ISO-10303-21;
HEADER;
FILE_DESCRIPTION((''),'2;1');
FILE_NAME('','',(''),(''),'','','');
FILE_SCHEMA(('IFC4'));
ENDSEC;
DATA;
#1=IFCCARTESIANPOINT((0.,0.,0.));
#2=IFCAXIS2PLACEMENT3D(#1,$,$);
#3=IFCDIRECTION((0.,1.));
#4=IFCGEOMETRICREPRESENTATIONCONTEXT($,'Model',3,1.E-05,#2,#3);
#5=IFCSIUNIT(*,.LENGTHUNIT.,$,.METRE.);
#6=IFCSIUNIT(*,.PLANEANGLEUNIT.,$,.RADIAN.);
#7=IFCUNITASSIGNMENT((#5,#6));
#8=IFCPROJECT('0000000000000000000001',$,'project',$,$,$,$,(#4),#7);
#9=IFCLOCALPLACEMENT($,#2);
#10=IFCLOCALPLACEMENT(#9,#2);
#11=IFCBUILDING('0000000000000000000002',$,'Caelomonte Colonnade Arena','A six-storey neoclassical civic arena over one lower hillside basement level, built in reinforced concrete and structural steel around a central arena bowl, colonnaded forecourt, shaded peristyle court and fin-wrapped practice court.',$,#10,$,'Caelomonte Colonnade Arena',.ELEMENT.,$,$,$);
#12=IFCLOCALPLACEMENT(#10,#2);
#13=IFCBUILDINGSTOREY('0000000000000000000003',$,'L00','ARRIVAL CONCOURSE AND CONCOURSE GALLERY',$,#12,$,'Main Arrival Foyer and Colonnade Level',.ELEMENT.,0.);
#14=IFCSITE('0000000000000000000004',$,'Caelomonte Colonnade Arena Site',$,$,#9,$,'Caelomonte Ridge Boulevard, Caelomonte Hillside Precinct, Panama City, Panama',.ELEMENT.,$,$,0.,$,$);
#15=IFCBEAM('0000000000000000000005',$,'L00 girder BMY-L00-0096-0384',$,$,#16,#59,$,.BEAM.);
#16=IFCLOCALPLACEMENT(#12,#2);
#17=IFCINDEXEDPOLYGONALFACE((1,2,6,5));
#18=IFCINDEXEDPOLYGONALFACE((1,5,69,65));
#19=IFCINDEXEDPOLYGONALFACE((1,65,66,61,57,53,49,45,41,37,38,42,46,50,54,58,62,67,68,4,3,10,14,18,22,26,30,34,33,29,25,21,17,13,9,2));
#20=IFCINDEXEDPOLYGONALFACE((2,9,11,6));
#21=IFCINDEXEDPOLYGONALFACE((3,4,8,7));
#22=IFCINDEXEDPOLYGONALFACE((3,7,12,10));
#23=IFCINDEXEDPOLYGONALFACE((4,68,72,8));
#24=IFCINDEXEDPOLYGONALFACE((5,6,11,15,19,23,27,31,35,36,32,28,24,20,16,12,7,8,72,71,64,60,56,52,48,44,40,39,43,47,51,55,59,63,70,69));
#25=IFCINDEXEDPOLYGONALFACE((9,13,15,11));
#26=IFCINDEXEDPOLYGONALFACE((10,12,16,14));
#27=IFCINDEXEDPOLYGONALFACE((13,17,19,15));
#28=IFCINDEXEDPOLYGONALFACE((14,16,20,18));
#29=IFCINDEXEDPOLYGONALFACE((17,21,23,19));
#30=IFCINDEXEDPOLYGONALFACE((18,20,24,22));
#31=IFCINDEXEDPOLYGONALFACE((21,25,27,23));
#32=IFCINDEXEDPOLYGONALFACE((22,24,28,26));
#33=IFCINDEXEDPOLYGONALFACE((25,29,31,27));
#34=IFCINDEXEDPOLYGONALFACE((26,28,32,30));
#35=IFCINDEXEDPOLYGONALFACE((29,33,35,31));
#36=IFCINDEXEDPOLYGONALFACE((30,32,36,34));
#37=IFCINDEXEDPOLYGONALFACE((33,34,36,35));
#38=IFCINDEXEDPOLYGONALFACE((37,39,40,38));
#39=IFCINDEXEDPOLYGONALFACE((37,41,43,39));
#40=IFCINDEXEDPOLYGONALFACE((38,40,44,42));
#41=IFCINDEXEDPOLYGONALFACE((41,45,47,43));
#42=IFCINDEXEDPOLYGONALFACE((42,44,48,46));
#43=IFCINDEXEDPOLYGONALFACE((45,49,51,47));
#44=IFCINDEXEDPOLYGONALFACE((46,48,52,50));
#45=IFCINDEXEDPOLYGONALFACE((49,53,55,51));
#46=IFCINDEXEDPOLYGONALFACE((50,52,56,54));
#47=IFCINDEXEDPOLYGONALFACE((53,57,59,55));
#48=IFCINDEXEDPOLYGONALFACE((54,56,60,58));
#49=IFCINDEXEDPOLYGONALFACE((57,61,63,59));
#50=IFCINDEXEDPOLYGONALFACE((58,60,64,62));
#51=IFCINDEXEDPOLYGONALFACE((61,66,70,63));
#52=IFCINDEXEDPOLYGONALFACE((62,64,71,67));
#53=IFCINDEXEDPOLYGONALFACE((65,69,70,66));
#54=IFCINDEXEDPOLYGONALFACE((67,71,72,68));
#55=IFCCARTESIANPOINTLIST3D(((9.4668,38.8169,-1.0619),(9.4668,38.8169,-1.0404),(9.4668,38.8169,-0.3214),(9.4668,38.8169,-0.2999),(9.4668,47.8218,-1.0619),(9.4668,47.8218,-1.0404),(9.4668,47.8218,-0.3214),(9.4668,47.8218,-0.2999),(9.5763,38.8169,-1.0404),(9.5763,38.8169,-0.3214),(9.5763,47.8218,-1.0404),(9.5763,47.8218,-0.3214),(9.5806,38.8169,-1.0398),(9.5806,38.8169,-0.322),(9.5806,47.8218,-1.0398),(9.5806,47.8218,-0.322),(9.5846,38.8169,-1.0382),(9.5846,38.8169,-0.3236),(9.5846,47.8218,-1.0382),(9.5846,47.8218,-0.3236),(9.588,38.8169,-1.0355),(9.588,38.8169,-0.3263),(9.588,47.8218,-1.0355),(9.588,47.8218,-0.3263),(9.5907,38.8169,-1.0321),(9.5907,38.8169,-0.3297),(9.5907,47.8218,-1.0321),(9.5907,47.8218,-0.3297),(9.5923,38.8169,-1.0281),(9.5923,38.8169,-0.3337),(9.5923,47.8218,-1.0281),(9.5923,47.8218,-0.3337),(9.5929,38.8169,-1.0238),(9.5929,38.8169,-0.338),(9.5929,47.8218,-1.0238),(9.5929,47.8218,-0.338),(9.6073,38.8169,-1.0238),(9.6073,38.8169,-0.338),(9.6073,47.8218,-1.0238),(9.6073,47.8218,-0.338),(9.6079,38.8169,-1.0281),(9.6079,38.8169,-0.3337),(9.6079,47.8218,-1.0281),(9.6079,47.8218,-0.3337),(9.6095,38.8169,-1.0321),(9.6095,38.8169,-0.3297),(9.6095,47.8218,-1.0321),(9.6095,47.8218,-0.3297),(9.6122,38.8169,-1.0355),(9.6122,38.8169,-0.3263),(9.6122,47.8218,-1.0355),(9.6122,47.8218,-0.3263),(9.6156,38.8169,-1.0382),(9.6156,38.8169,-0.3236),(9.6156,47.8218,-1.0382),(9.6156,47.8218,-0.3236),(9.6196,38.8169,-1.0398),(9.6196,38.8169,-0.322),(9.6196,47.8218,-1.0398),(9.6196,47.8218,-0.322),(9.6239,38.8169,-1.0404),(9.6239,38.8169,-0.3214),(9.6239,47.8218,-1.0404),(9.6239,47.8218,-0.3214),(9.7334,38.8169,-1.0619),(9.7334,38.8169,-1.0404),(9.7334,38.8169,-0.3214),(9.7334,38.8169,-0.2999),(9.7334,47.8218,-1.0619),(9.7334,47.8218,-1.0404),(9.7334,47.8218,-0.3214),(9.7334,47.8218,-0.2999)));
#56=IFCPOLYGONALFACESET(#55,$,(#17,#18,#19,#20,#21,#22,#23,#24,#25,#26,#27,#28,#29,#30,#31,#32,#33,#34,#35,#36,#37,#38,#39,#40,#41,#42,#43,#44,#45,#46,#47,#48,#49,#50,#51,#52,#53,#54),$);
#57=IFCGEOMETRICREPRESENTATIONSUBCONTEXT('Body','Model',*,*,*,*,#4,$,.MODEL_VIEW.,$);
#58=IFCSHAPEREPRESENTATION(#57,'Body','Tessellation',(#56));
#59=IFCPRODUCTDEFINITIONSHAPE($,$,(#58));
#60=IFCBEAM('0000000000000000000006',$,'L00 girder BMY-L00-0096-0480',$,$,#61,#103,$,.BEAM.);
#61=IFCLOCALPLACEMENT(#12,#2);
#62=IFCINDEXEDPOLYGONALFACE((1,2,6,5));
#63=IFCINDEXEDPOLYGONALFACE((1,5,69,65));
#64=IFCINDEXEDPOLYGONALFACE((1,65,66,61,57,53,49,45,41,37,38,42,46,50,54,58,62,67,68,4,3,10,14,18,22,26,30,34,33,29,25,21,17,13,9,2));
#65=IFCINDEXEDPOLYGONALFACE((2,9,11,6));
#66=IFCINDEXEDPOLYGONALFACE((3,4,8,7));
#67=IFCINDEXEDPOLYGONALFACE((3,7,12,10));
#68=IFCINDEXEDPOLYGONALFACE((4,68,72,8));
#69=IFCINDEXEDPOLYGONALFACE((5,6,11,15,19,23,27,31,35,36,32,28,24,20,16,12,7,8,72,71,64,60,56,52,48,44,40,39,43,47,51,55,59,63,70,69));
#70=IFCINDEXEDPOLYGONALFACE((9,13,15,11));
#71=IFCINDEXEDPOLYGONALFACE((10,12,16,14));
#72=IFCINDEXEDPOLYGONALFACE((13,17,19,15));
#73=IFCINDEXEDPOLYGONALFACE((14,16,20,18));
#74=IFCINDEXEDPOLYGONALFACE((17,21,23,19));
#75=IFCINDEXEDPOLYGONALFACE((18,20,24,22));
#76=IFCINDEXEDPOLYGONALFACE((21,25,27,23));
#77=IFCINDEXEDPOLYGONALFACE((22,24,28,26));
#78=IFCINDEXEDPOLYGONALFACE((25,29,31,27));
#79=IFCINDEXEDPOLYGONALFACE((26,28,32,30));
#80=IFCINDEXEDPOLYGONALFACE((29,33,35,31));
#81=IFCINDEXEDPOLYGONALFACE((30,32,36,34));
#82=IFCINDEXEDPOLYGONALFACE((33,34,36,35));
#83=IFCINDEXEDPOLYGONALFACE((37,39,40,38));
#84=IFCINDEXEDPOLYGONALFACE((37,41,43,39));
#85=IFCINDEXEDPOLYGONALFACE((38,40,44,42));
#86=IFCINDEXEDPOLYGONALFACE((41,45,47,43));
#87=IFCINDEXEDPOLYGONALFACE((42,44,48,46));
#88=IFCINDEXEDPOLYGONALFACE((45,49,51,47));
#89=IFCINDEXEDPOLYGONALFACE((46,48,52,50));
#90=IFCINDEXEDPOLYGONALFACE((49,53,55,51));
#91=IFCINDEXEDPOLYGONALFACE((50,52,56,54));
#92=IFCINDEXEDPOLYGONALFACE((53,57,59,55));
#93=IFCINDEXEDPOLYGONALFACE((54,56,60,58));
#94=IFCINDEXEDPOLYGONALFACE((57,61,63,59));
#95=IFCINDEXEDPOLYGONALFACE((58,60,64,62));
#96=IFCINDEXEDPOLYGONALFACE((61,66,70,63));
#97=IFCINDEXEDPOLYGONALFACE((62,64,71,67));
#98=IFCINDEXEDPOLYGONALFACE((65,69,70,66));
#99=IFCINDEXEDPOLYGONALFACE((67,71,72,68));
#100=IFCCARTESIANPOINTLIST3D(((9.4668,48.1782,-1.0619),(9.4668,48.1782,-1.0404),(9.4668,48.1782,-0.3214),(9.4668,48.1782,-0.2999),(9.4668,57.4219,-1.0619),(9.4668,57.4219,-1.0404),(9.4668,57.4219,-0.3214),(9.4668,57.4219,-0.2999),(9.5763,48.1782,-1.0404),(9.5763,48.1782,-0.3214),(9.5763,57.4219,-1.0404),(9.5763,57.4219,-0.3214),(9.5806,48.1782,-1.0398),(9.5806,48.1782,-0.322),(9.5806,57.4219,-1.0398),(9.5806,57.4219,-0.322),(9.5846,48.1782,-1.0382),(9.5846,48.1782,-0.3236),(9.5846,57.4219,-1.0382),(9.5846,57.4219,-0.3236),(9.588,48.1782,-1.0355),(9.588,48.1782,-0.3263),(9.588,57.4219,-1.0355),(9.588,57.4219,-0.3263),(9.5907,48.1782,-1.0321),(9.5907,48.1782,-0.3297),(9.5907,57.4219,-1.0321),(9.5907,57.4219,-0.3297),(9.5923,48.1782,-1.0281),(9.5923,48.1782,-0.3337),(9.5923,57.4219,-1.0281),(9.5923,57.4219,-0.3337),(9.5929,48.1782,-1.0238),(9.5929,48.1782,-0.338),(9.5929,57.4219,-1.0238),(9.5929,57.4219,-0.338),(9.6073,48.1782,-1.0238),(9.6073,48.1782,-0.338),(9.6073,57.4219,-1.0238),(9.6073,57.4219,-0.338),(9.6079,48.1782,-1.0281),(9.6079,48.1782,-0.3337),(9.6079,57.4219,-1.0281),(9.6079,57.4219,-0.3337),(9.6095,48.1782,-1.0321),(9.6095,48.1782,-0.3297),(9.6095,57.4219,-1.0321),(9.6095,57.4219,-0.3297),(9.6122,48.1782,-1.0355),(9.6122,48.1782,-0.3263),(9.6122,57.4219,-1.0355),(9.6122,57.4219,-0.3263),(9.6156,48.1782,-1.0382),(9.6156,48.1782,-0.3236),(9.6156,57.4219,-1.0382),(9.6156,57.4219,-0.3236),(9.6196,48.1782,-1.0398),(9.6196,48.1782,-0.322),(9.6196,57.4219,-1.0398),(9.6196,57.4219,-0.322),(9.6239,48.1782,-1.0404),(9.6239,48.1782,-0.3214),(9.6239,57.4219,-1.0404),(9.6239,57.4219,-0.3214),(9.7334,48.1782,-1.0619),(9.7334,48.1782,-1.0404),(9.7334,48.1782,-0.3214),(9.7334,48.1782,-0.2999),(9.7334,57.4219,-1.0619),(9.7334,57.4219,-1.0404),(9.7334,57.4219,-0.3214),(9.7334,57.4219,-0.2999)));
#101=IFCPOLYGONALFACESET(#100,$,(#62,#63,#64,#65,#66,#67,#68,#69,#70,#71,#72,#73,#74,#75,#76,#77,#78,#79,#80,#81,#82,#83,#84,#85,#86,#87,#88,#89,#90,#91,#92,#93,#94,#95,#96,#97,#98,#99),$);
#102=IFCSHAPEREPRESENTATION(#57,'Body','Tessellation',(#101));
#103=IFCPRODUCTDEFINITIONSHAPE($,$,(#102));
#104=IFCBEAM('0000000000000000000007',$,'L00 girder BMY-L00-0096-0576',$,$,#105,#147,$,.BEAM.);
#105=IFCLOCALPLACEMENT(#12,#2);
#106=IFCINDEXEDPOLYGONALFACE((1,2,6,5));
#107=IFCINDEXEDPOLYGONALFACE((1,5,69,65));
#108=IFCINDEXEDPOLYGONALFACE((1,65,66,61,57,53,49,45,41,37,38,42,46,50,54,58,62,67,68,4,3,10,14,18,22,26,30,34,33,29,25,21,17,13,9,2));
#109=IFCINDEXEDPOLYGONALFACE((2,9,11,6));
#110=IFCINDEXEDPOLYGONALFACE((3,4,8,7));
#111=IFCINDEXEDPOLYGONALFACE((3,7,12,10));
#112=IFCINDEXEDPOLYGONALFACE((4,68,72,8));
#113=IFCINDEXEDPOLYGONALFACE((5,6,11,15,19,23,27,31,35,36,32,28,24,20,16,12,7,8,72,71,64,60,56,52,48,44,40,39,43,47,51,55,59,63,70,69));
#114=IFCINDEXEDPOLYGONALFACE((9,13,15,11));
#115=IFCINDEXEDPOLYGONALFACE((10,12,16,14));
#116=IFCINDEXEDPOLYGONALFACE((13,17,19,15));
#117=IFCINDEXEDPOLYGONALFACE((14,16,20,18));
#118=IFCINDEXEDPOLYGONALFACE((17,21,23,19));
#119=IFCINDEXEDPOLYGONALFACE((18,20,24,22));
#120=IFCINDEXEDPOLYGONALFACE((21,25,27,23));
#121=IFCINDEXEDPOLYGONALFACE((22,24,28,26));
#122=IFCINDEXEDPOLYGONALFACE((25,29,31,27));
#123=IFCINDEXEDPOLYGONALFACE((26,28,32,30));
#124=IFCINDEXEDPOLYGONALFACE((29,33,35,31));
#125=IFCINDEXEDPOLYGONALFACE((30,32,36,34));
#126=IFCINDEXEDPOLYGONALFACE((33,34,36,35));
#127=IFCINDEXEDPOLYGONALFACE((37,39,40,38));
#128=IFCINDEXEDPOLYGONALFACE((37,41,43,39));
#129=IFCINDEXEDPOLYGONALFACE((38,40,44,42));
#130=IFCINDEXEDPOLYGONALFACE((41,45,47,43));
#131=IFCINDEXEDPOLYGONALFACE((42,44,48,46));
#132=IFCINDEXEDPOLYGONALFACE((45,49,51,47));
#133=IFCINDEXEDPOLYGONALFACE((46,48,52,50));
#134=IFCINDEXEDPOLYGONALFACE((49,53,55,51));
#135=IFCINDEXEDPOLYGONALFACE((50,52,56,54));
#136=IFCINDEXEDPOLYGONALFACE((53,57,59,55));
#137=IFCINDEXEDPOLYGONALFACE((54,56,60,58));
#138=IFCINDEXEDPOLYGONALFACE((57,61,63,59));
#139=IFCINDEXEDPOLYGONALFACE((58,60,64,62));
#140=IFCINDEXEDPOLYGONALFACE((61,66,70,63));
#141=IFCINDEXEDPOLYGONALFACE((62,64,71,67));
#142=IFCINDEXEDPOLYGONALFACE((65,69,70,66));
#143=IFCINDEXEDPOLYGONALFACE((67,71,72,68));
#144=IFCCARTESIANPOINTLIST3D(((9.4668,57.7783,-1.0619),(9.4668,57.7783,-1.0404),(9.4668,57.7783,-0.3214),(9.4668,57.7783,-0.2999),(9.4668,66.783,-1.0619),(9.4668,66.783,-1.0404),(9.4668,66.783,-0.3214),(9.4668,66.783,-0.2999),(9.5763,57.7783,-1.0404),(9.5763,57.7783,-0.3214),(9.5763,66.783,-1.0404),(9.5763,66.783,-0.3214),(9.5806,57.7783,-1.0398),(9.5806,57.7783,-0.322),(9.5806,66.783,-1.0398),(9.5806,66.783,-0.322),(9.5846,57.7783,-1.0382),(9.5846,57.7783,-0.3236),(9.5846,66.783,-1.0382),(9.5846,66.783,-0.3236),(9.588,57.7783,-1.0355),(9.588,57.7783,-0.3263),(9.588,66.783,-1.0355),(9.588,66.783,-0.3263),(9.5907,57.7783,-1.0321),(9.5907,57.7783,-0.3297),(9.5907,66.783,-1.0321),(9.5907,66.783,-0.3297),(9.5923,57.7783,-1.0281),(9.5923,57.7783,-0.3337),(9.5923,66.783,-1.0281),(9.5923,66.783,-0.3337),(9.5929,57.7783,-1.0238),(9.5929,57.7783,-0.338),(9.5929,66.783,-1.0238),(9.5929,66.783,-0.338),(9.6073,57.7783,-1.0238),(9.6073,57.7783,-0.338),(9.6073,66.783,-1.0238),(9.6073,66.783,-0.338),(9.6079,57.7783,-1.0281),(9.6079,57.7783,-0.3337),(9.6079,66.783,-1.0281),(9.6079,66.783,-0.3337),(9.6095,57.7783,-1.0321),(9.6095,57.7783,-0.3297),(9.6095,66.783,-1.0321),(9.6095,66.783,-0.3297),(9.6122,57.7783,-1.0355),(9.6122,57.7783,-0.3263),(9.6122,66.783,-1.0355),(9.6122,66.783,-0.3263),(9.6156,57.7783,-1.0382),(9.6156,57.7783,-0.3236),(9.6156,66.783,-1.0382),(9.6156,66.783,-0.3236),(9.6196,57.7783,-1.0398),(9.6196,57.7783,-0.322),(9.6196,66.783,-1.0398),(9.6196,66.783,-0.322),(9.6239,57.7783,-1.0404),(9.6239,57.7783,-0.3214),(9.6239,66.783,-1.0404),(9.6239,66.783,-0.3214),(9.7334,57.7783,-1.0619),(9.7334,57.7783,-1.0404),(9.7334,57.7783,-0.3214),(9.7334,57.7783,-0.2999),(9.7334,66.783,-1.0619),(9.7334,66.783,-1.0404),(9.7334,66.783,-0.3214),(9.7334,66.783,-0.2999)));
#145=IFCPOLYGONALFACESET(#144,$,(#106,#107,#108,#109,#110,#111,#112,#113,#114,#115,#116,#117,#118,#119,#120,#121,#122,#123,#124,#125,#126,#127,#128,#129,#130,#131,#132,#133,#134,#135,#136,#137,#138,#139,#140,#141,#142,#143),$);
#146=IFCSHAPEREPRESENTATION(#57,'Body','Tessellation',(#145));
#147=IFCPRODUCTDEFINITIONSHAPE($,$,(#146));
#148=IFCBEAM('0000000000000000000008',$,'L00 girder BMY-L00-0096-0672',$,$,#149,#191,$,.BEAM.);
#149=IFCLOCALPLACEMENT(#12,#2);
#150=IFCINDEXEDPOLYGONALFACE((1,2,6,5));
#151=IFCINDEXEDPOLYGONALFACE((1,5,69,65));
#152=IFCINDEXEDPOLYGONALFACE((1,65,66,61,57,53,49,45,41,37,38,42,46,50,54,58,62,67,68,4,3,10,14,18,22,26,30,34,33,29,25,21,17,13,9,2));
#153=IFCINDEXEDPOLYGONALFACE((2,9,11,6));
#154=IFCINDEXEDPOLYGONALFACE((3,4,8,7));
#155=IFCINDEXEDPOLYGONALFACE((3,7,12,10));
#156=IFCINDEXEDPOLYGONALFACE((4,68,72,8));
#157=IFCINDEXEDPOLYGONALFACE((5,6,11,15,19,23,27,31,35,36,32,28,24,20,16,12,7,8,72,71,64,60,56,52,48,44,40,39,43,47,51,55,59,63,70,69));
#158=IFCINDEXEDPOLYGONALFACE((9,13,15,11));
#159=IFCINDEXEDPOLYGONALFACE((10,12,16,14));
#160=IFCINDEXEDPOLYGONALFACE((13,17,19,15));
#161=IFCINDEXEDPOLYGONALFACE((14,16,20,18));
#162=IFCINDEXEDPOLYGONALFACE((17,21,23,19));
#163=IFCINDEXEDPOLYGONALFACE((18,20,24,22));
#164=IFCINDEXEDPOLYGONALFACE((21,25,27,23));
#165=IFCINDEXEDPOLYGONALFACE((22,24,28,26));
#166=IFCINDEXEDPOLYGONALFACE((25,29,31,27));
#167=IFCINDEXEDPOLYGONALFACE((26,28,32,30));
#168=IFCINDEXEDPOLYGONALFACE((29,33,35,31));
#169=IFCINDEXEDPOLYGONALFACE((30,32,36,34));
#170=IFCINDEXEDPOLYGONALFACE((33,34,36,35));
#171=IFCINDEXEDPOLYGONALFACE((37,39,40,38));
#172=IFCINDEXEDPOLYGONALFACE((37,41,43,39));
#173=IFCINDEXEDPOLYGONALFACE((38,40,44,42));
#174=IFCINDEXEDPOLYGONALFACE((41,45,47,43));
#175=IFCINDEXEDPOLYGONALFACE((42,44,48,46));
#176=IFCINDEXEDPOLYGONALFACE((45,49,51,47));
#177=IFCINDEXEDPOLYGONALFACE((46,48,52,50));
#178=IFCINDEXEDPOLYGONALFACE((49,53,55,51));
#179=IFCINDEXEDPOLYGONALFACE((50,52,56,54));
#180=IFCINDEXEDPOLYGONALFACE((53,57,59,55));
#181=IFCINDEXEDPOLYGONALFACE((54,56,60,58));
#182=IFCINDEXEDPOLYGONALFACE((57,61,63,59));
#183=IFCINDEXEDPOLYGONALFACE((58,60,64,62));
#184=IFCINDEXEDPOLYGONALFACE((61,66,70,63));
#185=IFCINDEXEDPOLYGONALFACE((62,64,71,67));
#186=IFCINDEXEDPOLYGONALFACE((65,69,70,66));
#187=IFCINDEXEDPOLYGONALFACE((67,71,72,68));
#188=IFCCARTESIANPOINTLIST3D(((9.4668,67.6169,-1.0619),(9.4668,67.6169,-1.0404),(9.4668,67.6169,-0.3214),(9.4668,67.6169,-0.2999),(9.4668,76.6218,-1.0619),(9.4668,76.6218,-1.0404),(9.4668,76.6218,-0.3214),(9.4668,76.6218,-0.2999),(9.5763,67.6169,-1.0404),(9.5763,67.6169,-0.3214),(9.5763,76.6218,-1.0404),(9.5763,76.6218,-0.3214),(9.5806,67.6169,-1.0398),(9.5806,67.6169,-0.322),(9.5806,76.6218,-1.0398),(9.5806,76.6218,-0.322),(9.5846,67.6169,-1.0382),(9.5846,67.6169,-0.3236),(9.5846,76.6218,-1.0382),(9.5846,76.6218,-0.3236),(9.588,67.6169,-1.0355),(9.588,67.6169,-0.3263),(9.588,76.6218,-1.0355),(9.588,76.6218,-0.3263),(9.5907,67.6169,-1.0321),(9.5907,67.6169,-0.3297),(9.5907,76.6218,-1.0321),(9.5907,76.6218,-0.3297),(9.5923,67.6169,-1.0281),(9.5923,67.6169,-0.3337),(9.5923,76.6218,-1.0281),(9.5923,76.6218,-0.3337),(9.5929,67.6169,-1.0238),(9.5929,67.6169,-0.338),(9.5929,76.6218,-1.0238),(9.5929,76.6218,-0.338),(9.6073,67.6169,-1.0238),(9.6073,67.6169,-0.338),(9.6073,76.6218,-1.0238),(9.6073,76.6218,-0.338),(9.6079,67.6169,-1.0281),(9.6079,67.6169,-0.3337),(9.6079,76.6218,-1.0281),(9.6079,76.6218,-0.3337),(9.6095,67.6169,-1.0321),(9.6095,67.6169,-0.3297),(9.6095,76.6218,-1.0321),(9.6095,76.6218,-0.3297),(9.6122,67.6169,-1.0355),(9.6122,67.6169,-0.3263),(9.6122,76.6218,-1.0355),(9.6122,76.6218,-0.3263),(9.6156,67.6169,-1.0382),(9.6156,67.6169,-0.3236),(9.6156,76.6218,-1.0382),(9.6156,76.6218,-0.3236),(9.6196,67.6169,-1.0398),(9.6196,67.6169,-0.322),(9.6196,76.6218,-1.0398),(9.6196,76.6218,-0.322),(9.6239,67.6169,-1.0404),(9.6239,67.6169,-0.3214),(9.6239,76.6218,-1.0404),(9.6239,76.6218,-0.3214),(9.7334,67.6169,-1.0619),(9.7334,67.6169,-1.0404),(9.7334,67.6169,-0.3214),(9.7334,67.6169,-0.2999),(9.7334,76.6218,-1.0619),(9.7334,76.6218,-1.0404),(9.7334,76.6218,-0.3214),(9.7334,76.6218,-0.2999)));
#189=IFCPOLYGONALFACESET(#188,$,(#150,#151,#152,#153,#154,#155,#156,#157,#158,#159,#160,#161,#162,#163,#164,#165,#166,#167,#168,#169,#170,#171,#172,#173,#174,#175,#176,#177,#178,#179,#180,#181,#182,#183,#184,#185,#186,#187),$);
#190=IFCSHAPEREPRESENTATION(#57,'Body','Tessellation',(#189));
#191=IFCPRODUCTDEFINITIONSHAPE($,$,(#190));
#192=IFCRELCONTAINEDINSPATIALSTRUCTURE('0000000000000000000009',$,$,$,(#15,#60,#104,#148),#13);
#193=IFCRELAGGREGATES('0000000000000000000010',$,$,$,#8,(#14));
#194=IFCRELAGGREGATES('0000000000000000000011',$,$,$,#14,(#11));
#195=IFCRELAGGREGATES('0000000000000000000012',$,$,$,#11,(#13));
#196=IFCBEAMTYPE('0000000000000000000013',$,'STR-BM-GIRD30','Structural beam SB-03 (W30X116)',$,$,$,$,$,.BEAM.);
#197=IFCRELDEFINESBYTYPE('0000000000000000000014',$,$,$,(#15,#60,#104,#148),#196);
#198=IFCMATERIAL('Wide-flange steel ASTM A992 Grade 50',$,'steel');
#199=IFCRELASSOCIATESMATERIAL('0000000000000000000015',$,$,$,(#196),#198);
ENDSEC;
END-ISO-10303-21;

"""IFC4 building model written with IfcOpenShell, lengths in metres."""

from ifc_helpers import new_model, si_unit, direction, frame, origin, origin_2d, place, context, subcontext, project, spatial, i_section, extrude, material, material_profile, profile_set, type_object, element, save


model = new_model("IFC4")

# Units and contexts
model_context = context("Model", 3, precision=1e-05, world=origin(), true_north=direction((0.0, 1.0)))
body_context = subcontext(model_context, "Body", "Model", "MODEL_VIEW")
ifc_project = project(units=[si_unit("LENGTHUNIT", "METRE"), si_unit("PLANEANGLEUNIT", "RADIAN")], contexts=[model_context])

# Site, building, storey
site_placement = place(None, origin())
site = spatial("IfcSite", under=ifc_project, at=site_placement, Name="Caelomonte Colonnade Arena Site", LongName="Caelomonte Ridge Boulevard, Caelomonte Hillside Precinct, Panama City, Panama", CompositionType="ELEMENT", RefElevation=0.0)
building_placement = place(site_placement, origin())
building = spatial("IfcBuilding", under=site, at=building_placement, Name="Caelomonte Colonnade Arena", Description="A six-storey neoclassical civic arena over one lower hillside basement level, built in reinforced concrete and structural steel around a central arena bowl, colonnaded forecourt, shaded peristyle court and fin-wrapped practice court.", LongName="Caelomonte Colonnade Arena", CompositionType="ELEMENT")
storey_placement = place(building_placement, origin())
storey = spatial("IfcBuildingStorey", under=building, at=storey_placement, Name="L00", Description="ARRIVAL CONCOURSE AND CONCOURSE GALLERY", LongName="Main Arrival Foyer and Colonnade Level", CompositionType="ELEMENT", Elevation=0.0)

# Shared definitions
ifc_material_1 = material(Name="Wide-flange steel ASTM A992 Grade 50", Category="steel")

# Beams
ifc_material_profile_1 = material_profile(ifc_material_1, i_section(OverallWidth=0.2666, OverallDepth=0.762, WebThickness=0.0144, FlangeThickness=0.0215, FilletRadius=0.0166, at=origin_2d()), Name="W30X116")
ifc_profile_set_1 = profile_set([ifc_material_profile_1], Name="Wide-flange steel ASTM A992 Grade 50")
beam_type_1 = type_object("IfcBeamType", Name="STR-BM-GIRD30", Description="Structural beam SB-03 (W30X116)", PredefinedType="BEAM", material=ifc_profile_set_1)
beam_1_placement = place(storey_placement, frame((9.6001, 38.8169, -0.6809), z_axis=(0.0, 1.0, 0.0), x_axis=(-1.0, 0.0, 0.0)))
element("IfcBeam", 1, at=beam_1_placement, inside=storey, type_object=beam_type_1, Name="L00 girder BMY-L00-0096-0384", PredefinedType="BEAM", context=body_context, shape_type="SweptSolid", body=[
    extrude(i_section(OverallWidth=0.2666, OverallDepth=0.762, WebThickness=0.0144, FlangeThickness=0.0215, FilletRadius=0.0166, at=origin_2d()), origin(), (0.0, 0.0, 1.0), 9.0049),
])
beam_2_placement = place(storey_placement, frame((9.6001, 48.1782, -0.6809), z_axis=(0.0, 1.0, 0.0), x_axis=(-1.0, 0.0, 0.0)))
element("IfcBeam", 2, at=beam_2_placement, inside=storey, type_object=beam_type_1, Name="L00 girder BMY-L00-0096-0480", PredefinedType="BEAM", context=body_context, shape_type="SweptSolid", body=[
    extrude(i_section(OverallWidth=0.2666, OverallDepth=0.762, WebThickness=0.0144, FlangeThickness=0.0215, FilletRadius=0.0166, at=origin_2d()), origin(), (0.0, 0.0, 1.0), 9.2437),
])
beam_3_placement = place(storey_placement, frame((9.6001, 57.7783, -0.6809), z_axis=(0.0, 1.0, 0.0), x_axis=(-1.0, 0.0, 0.0)))
element("IfcBeam", 3, at=beam_3_placement, inside=storey, type_object=beam_type_1, Name="L00 girder BMY-L00-0096-0576", PredefinedType="BEAM", context=body_context, shape_type="SweptSolid", body=[
    extrude(i_section(OverallWidth=0.2666, OverallDepth=0.762, WebThickness=0.0144, FlangeThickness=0.0215, FilletRadius=0.0166, at=origin_2d()), origin(), (0.0, 0.0, 1.0), 9.0046),
])
for number, where, z_axis, x_axis, name in (
    (4, (9.6001, 67.6169, -0.6809), (0.0, 1.0, 0.0), (-1.0, 0.0, 0.0), "L00 girder BMY-L00-0096-0672"),
):
    element("IfcBeam", number, at=place(storey_placement, frame(where, z_axis=z_axis, x_axis=x_axis)), inside=storey, type_object=beam_type_1, Name=name, PredefinedType="BEAM", context=body_context, shape_type="SweptSolid", body=[
        extrude(i_section(OverallWidth=0.2666, OverallDepth=0.762, WebThickness=0.0144, FlangeThickness=0.0215, FilletRadius=0.0166, at=origin_2d()), origin(), (0.0, 0.0, 1.0), 9.0049),
    ])

save(model, "model.ifc")
